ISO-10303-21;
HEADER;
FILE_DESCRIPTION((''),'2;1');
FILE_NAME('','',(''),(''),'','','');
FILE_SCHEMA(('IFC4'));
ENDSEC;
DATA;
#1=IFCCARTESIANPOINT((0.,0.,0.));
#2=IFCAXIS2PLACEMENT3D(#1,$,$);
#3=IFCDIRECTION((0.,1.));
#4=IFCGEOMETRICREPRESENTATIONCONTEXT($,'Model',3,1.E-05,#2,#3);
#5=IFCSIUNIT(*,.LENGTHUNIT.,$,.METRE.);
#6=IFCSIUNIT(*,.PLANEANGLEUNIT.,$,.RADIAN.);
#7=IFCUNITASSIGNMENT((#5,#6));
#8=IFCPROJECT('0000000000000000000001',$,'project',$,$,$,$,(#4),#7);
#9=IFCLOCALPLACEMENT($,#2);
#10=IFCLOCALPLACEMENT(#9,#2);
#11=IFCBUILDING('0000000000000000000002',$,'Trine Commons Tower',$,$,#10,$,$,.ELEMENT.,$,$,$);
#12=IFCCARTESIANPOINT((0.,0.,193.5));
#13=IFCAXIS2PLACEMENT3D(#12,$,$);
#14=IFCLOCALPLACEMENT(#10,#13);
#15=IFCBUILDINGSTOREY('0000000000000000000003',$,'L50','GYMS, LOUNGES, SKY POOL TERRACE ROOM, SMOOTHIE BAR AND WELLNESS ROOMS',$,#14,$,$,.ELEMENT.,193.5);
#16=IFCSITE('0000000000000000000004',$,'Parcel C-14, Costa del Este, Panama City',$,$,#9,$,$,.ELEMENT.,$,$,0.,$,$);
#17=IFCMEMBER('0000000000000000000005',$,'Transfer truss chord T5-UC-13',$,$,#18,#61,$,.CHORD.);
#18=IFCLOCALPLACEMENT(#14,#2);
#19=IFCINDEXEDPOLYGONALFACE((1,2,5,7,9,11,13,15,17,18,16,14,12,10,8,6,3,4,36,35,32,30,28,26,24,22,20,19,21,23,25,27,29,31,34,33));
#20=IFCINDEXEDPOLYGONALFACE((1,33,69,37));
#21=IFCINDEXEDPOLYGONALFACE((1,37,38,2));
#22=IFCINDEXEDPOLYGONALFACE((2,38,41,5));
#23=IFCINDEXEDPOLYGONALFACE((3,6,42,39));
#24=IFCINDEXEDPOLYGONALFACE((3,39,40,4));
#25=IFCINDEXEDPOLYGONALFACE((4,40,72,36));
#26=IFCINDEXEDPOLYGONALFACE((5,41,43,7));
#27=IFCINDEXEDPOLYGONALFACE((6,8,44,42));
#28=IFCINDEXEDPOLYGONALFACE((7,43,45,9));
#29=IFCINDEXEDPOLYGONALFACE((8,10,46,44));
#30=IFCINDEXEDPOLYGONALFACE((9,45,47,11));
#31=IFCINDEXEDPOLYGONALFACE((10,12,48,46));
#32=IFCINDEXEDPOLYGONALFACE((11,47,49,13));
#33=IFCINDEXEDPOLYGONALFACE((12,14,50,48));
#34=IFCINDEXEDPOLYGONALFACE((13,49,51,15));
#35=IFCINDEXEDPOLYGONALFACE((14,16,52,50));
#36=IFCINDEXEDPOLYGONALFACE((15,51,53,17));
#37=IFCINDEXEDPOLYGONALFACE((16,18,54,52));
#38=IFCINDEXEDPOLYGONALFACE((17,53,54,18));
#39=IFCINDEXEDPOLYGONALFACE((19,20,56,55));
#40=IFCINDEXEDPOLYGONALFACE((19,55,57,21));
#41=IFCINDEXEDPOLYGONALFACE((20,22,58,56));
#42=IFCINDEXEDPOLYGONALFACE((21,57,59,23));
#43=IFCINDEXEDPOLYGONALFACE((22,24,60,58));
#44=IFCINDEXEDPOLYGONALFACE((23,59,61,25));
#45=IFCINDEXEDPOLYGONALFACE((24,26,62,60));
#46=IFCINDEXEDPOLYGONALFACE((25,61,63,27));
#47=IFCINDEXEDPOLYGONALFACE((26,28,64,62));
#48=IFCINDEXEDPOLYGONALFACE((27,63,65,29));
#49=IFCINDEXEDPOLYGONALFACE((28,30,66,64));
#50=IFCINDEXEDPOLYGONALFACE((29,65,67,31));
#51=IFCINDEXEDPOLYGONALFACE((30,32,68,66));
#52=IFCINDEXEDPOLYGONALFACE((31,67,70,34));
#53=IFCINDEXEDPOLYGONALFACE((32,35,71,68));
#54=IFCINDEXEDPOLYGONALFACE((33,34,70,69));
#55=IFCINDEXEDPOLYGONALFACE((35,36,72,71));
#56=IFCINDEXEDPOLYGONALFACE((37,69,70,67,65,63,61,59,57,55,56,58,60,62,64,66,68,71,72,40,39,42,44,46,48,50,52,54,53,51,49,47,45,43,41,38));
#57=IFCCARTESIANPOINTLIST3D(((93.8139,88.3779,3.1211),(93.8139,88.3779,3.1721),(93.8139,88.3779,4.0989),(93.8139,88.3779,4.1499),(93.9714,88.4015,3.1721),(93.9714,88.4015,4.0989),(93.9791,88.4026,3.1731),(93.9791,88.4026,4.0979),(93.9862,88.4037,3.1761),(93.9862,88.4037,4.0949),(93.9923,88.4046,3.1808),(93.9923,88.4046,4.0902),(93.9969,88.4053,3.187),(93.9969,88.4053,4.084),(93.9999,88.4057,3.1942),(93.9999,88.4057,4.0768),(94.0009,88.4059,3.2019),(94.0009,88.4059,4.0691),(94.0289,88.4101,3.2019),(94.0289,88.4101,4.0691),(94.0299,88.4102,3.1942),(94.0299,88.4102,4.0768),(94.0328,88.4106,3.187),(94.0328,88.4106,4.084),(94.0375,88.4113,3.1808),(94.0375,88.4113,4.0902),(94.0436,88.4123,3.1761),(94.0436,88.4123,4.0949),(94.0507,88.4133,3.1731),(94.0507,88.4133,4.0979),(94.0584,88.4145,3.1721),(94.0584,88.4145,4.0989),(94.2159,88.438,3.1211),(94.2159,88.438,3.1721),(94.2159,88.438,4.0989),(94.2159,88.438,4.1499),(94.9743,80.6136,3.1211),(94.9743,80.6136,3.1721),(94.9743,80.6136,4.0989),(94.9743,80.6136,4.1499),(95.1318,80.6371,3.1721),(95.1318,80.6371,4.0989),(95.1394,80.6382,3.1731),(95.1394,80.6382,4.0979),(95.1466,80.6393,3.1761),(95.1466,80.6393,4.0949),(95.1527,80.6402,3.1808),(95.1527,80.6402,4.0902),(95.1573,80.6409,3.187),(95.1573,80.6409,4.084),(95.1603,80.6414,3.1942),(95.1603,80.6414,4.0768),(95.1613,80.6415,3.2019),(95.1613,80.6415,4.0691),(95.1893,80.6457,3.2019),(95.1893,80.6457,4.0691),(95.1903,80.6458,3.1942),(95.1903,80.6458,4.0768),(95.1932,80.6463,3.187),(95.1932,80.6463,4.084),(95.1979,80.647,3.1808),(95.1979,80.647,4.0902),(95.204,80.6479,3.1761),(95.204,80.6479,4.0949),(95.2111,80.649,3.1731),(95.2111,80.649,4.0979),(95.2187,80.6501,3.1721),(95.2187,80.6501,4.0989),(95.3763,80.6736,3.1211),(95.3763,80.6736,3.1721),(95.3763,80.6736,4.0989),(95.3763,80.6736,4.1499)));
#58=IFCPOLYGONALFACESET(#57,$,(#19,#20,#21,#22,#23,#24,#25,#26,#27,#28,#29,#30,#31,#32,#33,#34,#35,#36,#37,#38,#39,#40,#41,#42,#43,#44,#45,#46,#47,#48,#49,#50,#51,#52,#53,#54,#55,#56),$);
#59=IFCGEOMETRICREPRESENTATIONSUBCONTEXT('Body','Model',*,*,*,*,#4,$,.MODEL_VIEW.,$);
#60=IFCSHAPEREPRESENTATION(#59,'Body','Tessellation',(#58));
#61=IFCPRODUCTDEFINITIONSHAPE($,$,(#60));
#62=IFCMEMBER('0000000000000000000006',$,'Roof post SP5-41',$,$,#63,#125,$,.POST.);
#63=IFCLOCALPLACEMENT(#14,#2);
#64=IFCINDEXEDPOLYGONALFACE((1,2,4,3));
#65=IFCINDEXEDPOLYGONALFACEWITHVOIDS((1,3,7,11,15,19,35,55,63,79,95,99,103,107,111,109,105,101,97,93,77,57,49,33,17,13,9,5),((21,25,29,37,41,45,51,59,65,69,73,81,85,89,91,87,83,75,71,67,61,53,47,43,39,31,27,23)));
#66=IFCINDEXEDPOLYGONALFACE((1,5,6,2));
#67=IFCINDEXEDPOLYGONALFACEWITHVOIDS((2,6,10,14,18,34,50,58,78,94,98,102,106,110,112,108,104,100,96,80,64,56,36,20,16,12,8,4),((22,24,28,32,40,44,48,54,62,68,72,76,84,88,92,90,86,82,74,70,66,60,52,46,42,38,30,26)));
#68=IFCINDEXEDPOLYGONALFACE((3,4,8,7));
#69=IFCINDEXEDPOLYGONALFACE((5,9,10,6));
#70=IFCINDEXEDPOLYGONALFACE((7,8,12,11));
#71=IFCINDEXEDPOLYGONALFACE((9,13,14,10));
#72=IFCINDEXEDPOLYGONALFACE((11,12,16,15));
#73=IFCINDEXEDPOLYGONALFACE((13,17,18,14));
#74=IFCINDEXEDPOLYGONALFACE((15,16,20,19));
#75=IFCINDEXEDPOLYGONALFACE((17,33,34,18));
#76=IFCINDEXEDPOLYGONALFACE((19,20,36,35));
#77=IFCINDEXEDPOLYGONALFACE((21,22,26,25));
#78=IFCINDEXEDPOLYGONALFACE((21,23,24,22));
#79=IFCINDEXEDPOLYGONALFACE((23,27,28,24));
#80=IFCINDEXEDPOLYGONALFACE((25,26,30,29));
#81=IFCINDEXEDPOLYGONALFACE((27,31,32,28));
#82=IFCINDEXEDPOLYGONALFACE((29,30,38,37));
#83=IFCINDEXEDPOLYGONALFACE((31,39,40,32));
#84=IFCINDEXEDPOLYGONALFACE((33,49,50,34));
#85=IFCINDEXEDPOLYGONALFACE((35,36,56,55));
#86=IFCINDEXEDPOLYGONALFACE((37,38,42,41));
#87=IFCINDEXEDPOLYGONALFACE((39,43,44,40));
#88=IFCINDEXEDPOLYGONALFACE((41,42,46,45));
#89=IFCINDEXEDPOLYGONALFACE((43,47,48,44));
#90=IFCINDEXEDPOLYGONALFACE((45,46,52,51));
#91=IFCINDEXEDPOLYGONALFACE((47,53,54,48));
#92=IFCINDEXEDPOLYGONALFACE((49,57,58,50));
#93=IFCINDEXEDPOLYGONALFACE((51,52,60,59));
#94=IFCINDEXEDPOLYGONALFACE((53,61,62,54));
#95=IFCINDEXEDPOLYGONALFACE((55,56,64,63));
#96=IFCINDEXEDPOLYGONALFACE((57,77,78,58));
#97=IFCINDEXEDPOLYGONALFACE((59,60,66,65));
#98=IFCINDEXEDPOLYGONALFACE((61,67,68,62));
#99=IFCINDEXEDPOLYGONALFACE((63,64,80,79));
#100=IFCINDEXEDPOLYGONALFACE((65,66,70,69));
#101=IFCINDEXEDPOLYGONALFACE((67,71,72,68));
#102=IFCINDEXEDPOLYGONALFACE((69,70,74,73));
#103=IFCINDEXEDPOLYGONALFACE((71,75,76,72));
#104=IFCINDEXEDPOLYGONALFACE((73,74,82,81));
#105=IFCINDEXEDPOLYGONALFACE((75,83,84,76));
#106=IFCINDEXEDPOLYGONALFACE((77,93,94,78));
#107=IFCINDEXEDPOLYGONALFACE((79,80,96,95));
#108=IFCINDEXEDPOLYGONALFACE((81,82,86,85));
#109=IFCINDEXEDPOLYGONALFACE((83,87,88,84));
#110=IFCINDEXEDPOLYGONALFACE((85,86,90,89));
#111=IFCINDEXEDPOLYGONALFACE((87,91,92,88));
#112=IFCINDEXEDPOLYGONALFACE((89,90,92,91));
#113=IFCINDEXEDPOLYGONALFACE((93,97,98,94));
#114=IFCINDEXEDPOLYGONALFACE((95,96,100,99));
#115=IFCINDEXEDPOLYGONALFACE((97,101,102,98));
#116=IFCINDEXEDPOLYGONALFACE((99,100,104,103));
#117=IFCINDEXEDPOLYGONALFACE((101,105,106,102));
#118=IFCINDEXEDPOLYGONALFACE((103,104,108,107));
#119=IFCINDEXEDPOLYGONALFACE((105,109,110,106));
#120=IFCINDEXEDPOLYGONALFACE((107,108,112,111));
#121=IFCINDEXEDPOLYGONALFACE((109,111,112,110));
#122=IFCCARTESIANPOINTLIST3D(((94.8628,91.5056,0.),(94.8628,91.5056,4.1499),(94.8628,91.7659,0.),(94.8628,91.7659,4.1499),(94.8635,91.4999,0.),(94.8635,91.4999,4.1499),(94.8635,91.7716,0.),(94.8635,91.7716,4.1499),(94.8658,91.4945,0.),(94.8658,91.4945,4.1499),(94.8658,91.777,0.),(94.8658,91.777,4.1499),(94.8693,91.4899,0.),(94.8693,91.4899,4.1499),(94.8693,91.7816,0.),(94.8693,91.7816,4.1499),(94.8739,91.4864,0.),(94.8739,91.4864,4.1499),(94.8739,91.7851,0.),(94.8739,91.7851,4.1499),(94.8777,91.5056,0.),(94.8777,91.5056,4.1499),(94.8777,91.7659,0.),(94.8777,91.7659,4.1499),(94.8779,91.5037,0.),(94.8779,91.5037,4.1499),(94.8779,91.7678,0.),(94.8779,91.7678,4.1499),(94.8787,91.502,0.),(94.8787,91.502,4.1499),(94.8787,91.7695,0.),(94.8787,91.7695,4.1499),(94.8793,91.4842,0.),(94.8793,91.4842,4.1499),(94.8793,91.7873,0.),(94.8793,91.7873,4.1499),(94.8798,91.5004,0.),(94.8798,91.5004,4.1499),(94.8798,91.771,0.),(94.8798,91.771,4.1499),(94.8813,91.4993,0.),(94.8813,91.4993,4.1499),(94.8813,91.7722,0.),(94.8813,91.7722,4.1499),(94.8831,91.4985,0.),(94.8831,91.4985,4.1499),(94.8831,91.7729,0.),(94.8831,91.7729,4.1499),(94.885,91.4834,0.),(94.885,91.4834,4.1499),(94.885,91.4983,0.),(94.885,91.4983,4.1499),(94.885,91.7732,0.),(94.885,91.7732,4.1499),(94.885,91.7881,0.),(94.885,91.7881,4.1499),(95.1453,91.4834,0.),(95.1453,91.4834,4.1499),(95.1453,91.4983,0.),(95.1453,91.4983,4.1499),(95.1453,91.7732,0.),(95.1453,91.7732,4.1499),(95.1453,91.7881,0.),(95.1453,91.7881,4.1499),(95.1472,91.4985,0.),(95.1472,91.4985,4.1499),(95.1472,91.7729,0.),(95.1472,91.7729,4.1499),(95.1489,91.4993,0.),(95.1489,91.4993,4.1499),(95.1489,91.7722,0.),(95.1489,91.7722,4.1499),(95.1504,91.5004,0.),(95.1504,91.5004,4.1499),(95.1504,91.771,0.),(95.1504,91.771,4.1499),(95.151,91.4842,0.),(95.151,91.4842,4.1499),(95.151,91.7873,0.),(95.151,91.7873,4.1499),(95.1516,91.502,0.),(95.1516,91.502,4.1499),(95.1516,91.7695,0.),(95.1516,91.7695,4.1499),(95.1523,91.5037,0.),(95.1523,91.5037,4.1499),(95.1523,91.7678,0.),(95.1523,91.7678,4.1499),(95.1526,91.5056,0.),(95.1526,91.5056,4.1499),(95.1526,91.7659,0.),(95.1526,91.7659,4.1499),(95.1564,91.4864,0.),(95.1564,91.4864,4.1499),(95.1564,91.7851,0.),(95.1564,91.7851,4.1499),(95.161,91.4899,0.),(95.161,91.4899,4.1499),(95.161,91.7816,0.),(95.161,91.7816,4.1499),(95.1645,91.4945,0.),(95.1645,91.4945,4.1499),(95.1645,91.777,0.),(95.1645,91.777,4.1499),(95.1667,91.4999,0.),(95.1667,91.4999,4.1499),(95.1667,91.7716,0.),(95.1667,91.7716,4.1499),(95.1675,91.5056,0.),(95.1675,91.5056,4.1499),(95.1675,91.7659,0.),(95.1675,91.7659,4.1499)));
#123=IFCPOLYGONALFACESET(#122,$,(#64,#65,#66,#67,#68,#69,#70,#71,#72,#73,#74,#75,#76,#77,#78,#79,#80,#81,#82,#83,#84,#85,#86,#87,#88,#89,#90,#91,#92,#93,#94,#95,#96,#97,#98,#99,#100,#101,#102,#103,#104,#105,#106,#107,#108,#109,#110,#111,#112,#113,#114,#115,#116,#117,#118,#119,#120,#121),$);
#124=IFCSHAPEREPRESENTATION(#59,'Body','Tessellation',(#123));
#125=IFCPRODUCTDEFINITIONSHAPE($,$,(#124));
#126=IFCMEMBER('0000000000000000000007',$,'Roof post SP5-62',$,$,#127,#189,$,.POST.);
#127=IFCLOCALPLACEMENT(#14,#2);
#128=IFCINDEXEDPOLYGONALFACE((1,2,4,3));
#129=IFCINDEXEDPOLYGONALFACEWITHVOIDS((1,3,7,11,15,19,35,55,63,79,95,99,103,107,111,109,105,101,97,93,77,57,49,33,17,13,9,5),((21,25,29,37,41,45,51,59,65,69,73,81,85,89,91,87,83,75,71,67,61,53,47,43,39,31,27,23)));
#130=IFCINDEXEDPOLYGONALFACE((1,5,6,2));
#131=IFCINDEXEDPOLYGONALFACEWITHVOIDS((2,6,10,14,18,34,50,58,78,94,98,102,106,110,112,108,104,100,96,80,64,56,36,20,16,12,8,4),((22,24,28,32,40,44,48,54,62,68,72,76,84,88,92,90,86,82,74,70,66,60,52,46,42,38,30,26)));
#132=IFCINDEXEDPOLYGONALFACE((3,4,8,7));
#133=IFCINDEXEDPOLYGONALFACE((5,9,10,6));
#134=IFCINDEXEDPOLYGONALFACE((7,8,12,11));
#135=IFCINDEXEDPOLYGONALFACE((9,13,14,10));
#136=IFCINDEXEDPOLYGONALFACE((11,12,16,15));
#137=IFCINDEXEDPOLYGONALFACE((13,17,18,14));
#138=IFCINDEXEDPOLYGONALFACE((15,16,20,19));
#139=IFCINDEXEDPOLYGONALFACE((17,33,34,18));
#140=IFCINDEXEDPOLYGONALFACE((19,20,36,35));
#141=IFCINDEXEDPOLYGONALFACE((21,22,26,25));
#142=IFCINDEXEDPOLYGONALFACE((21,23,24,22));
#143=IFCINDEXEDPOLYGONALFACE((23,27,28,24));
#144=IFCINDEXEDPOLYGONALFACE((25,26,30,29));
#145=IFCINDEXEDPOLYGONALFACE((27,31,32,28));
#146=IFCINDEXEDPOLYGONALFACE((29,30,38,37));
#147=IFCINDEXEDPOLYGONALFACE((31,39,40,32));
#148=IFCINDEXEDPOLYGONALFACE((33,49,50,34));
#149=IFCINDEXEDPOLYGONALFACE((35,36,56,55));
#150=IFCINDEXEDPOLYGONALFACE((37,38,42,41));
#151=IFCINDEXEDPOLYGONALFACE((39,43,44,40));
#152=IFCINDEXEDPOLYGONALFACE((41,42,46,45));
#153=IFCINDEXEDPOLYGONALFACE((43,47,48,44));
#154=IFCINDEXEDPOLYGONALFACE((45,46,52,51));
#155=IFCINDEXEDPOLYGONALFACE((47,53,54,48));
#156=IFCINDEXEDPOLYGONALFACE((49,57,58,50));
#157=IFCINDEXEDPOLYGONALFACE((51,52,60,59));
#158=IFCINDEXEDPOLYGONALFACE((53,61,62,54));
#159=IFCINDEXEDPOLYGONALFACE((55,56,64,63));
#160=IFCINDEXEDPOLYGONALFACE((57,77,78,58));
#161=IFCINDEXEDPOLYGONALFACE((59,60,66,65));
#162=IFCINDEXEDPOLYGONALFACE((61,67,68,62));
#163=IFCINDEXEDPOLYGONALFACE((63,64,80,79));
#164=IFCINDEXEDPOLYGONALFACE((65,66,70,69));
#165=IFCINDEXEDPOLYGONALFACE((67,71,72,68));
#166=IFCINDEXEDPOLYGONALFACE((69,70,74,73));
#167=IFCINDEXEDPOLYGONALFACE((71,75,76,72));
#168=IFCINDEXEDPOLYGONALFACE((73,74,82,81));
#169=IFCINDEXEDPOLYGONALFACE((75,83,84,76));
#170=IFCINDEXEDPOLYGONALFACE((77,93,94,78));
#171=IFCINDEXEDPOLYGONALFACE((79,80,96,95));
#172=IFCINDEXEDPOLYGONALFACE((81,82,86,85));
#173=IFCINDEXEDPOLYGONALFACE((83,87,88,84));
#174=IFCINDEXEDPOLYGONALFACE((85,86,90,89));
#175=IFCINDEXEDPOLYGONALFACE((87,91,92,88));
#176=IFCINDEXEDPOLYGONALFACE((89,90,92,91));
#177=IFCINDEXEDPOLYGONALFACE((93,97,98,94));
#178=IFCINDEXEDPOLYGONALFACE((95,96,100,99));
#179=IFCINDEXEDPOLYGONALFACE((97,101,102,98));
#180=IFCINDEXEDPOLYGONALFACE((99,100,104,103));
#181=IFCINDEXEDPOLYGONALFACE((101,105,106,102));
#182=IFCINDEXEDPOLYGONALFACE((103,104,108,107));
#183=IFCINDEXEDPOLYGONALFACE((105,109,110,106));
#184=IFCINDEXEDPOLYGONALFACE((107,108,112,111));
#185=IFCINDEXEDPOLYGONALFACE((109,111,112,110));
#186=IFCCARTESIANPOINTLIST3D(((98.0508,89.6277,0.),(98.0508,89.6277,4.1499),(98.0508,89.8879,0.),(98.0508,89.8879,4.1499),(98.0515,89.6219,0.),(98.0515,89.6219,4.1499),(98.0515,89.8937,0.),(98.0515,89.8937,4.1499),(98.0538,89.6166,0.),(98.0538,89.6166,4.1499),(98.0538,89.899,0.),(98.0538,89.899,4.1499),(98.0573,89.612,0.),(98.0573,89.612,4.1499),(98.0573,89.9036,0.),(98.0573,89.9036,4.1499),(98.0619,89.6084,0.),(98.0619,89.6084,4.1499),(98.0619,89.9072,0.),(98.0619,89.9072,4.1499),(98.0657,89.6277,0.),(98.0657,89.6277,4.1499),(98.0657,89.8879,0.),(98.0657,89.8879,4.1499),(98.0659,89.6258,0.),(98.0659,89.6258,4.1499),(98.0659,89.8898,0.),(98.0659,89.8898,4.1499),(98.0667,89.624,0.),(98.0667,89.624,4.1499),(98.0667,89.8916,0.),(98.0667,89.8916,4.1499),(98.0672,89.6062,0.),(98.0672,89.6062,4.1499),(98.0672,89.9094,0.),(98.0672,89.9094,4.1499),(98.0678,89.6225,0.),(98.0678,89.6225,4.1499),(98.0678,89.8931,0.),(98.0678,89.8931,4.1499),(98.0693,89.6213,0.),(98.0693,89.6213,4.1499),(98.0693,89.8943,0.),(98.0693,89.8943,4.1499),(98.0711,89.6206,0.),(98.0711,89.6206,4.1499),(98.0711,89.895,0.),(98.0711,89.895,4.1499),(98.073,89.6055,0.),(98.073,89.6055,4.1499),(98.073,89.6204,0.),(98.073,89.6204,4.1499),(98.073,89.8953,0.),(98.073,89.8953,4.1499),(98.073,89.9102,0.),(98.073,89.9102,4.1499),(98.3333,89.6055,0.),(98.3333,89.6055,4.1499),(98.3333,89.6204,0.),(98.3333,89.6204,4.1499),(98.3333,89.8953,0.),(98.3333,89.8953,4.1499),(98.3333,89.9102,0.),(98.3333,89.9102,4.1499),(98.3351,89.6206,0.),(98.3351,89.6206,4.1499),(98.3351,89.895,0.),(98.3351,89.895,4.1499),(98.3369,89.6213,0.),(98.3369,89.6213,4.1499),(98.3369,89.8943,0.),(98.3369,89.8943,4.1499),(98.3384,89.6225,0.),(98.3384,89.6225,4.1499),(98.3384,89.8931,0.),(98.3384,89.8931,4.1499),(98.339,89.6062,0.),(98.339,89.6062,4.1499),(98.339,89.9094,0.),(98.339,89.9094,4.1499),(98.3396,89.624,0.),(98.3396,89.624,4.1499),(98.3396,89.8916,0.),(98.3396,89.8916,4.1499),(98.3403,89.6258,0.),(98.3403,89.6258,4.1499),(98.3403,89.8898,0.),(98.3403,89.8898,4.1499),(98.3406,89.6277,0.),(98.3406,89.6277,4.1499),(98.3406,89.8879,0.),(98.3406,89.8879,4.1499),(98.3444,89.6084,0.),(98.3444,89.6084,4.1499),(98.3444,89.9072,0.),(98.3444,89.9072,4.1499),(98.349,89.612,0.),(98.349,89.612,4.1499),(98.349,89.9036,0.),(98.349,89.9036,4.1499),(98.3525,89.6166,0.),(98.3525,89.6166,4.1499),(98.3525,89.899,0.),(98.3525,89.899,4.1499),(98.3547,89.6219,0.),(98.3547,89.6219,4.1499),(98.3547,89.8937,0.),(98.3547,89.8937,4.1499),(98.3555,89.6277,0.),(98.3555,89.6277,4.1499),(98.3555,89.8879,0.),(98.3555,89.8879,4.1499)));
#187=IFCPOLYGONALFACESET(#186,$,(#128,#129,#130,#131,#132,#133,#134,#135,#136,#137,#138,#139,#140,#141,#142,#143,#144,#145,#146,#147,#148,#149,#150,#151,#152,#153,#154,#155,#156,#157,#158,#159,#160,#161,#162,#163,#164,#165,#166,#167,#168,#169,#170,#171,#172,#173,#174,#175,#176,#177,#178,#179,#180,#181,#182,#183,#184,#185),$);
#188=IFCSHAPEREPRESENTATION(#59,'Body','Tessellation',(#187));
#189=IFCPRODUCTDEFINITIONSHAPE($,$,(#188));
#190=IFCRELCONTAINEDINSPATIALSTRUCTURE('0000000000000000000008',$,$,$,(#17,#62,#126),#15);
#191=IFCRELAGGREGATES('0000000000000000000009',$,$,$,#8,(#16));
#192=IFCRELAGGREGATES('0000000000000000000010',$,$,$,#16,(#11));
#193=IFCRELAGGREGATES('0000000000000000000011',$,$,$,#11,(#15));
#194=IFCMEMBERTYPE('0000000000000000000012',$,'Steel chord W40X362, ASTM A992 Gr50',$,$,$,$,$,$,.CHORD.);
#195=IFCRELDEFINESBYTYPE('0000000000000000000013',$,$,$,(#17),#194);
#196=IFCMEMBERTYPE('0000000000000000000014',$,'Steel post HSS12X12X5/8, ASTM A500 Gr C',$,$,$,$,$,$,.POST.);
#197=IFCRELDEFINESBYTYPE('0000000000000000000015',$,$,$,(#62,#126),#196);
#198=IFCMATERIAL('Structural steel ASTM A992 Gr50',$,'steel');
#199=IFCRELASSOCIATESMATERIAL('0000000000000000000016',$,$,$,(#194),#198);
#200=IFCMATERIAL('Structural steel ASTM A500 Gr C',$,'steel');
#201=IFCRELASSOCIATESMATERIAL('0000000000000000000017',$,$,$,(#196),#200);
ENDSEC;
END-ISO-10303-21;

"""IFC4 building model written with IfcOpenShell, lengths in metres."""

from ifc_helpers import new_model, si_unit, direction, frame, origin, origin_2d, place, context, subcontext, project, spatial, hollow_rectangle, i_section, extrude, material, material_profile, profile_set, type_object, element, save


model = new_model("IFC4")

# Units and contexts
model_context = context("Model", 3, precision=1e-05, world=origin(), true_north=direction((0.0, 1.0)))
body_context = subcontext(model_context, "Body", "Model", "MODEL_VIEW")
ifc_project = project(units=[si_unit("LENGTHUNIT", "METRE"), si_unit("PLANEANGLEUNIT", "RADIAN")], contexts=[model_context])

# Site, building, storey
site_placement = place(None, origin())
site = spatial("IfcSite", under=ifc_project, at=site_placement, Name="Parcel C-14, Costa del Este, Panama City", CompositionType="ELEMENT", RefElevation=0.0)
building_placement = place(site_placement, origin())
building = spatial("IfcBuilding", under=site, at=building_placement, Name="Trine Commons Tower", CompositionType="ELEMENT")
storey_placement = place(building_placement, frame((0.0, 0.0, 193.5)))
storey = spatial("IfcBuildingStorey", under=building, at=storey_placement, Name="L50", Description="GYMS, LOUNGES, SKY POOL TERRACE ROOM, SMOOTHIE BAR AND WELLNESS ROOMS", CompositionType="ELEMENT", Elevation=193.5)

# Shared definitions
ifc_material_1 = material(Name="Structural steel ASTM A992 Gr50", Category="steel")

# Members
ifc_material_profile_1 = material_profile(ifc_material_1, i_section(OverallWidth=0.4065, OverallDepth=1.0288, WebThickness=0.0283, FlangeThickness=0.051, FilletRadius=0.0298, at=origin_2d()), Name="W40X362")
ifc_profile_set_1 = profile_set([ifc_material_profile_1], Name="Structural steel ASTM A992 Gr50")
member_type_1 = type_object("IfcMemberType", Name="Steel chord W40X362, ASTM A992 Gr50", PredefinedType="CHORD", material=ifc_profile_set_1)
member_1_placement = place(storey_placement, frame((94.0149, 88.408, 3.6355), z_axis=(0.14781, -0.989016, 0.0), x_axis=(0.989016, 0.14781, 0.0)))
element("IfcMember", 1, at=member_1_placement, inside=storey, type_object=member_type_1, Name="Transfer truss chord T5-UC-13", PredefinedType="CHORD", context=body_context, shape_type="SweptSolid", body=[
    extrude(i_section(OverallWidth=0.4065, OverallDepth=1.0288, WebThickness=0.0283, FlangeThickness=0.051, FilletRadius=0.0298, at=origin_2d()), origin(), (0.0, 0.0, 1.0), 7.8506),
])
ifc_material_2 = material(Name="Structural steel ASTM A500 Gr C", Category="steel")
ifc_material_profile_2 = material_profile(ifc_material_2, hollow_rectangle(XDim=0.3047, YDim=0.3047, WallThickness=0.0149, InnerFilletRadius=0.0073, OuterFilletRadius=0.0222, at=origin_2d()), Name="HSS12X12X5/8")
ifc_profile_set_2 = profile_set([ifc_material_profile_2], Name="Structural steel ASTM A500 Gr C")
member_type_2 = type_object("IfcMemberType", Name="Steel post HSS12X12X5/8, ASTM A500 Gr C", PredefinedType="POST", material=ifc_profile_set_2)
for number, where, z_axis, x_axis, name in (
    (2, (95.0151, 91.6357, 0.0), (0.0, 0.0, 1.0), (1.0, 0.0, 0.0), "Roof post SP5-41"),
    (3, (98.2031, 89.7578, 0.0), (0.0, 0.0, 1.0), (1.0, 0.0, 0.0), "Roof post SP5-62"),
):
    element("IfcMember", number, at=place(storey_placement, frame(where, z_axis=z_axis, x_axis=x_axis)), inside=storey, type_object=member_type_2, Name=name, PredefinedType="POST", context=body_context, shape_type="SweptSolid", body=[
        extrude(hollow_rectangle(XDim=0.3047, YDim=0.3047, WallThickness=0.0149, InnerFilletRadius=0.0073, OuterFilletRadius=0.0222, at=origin_2d()), origin(), (0.0, 0.0, 1.0), 4.1499),
    ])

save(model, "model.ifc")
